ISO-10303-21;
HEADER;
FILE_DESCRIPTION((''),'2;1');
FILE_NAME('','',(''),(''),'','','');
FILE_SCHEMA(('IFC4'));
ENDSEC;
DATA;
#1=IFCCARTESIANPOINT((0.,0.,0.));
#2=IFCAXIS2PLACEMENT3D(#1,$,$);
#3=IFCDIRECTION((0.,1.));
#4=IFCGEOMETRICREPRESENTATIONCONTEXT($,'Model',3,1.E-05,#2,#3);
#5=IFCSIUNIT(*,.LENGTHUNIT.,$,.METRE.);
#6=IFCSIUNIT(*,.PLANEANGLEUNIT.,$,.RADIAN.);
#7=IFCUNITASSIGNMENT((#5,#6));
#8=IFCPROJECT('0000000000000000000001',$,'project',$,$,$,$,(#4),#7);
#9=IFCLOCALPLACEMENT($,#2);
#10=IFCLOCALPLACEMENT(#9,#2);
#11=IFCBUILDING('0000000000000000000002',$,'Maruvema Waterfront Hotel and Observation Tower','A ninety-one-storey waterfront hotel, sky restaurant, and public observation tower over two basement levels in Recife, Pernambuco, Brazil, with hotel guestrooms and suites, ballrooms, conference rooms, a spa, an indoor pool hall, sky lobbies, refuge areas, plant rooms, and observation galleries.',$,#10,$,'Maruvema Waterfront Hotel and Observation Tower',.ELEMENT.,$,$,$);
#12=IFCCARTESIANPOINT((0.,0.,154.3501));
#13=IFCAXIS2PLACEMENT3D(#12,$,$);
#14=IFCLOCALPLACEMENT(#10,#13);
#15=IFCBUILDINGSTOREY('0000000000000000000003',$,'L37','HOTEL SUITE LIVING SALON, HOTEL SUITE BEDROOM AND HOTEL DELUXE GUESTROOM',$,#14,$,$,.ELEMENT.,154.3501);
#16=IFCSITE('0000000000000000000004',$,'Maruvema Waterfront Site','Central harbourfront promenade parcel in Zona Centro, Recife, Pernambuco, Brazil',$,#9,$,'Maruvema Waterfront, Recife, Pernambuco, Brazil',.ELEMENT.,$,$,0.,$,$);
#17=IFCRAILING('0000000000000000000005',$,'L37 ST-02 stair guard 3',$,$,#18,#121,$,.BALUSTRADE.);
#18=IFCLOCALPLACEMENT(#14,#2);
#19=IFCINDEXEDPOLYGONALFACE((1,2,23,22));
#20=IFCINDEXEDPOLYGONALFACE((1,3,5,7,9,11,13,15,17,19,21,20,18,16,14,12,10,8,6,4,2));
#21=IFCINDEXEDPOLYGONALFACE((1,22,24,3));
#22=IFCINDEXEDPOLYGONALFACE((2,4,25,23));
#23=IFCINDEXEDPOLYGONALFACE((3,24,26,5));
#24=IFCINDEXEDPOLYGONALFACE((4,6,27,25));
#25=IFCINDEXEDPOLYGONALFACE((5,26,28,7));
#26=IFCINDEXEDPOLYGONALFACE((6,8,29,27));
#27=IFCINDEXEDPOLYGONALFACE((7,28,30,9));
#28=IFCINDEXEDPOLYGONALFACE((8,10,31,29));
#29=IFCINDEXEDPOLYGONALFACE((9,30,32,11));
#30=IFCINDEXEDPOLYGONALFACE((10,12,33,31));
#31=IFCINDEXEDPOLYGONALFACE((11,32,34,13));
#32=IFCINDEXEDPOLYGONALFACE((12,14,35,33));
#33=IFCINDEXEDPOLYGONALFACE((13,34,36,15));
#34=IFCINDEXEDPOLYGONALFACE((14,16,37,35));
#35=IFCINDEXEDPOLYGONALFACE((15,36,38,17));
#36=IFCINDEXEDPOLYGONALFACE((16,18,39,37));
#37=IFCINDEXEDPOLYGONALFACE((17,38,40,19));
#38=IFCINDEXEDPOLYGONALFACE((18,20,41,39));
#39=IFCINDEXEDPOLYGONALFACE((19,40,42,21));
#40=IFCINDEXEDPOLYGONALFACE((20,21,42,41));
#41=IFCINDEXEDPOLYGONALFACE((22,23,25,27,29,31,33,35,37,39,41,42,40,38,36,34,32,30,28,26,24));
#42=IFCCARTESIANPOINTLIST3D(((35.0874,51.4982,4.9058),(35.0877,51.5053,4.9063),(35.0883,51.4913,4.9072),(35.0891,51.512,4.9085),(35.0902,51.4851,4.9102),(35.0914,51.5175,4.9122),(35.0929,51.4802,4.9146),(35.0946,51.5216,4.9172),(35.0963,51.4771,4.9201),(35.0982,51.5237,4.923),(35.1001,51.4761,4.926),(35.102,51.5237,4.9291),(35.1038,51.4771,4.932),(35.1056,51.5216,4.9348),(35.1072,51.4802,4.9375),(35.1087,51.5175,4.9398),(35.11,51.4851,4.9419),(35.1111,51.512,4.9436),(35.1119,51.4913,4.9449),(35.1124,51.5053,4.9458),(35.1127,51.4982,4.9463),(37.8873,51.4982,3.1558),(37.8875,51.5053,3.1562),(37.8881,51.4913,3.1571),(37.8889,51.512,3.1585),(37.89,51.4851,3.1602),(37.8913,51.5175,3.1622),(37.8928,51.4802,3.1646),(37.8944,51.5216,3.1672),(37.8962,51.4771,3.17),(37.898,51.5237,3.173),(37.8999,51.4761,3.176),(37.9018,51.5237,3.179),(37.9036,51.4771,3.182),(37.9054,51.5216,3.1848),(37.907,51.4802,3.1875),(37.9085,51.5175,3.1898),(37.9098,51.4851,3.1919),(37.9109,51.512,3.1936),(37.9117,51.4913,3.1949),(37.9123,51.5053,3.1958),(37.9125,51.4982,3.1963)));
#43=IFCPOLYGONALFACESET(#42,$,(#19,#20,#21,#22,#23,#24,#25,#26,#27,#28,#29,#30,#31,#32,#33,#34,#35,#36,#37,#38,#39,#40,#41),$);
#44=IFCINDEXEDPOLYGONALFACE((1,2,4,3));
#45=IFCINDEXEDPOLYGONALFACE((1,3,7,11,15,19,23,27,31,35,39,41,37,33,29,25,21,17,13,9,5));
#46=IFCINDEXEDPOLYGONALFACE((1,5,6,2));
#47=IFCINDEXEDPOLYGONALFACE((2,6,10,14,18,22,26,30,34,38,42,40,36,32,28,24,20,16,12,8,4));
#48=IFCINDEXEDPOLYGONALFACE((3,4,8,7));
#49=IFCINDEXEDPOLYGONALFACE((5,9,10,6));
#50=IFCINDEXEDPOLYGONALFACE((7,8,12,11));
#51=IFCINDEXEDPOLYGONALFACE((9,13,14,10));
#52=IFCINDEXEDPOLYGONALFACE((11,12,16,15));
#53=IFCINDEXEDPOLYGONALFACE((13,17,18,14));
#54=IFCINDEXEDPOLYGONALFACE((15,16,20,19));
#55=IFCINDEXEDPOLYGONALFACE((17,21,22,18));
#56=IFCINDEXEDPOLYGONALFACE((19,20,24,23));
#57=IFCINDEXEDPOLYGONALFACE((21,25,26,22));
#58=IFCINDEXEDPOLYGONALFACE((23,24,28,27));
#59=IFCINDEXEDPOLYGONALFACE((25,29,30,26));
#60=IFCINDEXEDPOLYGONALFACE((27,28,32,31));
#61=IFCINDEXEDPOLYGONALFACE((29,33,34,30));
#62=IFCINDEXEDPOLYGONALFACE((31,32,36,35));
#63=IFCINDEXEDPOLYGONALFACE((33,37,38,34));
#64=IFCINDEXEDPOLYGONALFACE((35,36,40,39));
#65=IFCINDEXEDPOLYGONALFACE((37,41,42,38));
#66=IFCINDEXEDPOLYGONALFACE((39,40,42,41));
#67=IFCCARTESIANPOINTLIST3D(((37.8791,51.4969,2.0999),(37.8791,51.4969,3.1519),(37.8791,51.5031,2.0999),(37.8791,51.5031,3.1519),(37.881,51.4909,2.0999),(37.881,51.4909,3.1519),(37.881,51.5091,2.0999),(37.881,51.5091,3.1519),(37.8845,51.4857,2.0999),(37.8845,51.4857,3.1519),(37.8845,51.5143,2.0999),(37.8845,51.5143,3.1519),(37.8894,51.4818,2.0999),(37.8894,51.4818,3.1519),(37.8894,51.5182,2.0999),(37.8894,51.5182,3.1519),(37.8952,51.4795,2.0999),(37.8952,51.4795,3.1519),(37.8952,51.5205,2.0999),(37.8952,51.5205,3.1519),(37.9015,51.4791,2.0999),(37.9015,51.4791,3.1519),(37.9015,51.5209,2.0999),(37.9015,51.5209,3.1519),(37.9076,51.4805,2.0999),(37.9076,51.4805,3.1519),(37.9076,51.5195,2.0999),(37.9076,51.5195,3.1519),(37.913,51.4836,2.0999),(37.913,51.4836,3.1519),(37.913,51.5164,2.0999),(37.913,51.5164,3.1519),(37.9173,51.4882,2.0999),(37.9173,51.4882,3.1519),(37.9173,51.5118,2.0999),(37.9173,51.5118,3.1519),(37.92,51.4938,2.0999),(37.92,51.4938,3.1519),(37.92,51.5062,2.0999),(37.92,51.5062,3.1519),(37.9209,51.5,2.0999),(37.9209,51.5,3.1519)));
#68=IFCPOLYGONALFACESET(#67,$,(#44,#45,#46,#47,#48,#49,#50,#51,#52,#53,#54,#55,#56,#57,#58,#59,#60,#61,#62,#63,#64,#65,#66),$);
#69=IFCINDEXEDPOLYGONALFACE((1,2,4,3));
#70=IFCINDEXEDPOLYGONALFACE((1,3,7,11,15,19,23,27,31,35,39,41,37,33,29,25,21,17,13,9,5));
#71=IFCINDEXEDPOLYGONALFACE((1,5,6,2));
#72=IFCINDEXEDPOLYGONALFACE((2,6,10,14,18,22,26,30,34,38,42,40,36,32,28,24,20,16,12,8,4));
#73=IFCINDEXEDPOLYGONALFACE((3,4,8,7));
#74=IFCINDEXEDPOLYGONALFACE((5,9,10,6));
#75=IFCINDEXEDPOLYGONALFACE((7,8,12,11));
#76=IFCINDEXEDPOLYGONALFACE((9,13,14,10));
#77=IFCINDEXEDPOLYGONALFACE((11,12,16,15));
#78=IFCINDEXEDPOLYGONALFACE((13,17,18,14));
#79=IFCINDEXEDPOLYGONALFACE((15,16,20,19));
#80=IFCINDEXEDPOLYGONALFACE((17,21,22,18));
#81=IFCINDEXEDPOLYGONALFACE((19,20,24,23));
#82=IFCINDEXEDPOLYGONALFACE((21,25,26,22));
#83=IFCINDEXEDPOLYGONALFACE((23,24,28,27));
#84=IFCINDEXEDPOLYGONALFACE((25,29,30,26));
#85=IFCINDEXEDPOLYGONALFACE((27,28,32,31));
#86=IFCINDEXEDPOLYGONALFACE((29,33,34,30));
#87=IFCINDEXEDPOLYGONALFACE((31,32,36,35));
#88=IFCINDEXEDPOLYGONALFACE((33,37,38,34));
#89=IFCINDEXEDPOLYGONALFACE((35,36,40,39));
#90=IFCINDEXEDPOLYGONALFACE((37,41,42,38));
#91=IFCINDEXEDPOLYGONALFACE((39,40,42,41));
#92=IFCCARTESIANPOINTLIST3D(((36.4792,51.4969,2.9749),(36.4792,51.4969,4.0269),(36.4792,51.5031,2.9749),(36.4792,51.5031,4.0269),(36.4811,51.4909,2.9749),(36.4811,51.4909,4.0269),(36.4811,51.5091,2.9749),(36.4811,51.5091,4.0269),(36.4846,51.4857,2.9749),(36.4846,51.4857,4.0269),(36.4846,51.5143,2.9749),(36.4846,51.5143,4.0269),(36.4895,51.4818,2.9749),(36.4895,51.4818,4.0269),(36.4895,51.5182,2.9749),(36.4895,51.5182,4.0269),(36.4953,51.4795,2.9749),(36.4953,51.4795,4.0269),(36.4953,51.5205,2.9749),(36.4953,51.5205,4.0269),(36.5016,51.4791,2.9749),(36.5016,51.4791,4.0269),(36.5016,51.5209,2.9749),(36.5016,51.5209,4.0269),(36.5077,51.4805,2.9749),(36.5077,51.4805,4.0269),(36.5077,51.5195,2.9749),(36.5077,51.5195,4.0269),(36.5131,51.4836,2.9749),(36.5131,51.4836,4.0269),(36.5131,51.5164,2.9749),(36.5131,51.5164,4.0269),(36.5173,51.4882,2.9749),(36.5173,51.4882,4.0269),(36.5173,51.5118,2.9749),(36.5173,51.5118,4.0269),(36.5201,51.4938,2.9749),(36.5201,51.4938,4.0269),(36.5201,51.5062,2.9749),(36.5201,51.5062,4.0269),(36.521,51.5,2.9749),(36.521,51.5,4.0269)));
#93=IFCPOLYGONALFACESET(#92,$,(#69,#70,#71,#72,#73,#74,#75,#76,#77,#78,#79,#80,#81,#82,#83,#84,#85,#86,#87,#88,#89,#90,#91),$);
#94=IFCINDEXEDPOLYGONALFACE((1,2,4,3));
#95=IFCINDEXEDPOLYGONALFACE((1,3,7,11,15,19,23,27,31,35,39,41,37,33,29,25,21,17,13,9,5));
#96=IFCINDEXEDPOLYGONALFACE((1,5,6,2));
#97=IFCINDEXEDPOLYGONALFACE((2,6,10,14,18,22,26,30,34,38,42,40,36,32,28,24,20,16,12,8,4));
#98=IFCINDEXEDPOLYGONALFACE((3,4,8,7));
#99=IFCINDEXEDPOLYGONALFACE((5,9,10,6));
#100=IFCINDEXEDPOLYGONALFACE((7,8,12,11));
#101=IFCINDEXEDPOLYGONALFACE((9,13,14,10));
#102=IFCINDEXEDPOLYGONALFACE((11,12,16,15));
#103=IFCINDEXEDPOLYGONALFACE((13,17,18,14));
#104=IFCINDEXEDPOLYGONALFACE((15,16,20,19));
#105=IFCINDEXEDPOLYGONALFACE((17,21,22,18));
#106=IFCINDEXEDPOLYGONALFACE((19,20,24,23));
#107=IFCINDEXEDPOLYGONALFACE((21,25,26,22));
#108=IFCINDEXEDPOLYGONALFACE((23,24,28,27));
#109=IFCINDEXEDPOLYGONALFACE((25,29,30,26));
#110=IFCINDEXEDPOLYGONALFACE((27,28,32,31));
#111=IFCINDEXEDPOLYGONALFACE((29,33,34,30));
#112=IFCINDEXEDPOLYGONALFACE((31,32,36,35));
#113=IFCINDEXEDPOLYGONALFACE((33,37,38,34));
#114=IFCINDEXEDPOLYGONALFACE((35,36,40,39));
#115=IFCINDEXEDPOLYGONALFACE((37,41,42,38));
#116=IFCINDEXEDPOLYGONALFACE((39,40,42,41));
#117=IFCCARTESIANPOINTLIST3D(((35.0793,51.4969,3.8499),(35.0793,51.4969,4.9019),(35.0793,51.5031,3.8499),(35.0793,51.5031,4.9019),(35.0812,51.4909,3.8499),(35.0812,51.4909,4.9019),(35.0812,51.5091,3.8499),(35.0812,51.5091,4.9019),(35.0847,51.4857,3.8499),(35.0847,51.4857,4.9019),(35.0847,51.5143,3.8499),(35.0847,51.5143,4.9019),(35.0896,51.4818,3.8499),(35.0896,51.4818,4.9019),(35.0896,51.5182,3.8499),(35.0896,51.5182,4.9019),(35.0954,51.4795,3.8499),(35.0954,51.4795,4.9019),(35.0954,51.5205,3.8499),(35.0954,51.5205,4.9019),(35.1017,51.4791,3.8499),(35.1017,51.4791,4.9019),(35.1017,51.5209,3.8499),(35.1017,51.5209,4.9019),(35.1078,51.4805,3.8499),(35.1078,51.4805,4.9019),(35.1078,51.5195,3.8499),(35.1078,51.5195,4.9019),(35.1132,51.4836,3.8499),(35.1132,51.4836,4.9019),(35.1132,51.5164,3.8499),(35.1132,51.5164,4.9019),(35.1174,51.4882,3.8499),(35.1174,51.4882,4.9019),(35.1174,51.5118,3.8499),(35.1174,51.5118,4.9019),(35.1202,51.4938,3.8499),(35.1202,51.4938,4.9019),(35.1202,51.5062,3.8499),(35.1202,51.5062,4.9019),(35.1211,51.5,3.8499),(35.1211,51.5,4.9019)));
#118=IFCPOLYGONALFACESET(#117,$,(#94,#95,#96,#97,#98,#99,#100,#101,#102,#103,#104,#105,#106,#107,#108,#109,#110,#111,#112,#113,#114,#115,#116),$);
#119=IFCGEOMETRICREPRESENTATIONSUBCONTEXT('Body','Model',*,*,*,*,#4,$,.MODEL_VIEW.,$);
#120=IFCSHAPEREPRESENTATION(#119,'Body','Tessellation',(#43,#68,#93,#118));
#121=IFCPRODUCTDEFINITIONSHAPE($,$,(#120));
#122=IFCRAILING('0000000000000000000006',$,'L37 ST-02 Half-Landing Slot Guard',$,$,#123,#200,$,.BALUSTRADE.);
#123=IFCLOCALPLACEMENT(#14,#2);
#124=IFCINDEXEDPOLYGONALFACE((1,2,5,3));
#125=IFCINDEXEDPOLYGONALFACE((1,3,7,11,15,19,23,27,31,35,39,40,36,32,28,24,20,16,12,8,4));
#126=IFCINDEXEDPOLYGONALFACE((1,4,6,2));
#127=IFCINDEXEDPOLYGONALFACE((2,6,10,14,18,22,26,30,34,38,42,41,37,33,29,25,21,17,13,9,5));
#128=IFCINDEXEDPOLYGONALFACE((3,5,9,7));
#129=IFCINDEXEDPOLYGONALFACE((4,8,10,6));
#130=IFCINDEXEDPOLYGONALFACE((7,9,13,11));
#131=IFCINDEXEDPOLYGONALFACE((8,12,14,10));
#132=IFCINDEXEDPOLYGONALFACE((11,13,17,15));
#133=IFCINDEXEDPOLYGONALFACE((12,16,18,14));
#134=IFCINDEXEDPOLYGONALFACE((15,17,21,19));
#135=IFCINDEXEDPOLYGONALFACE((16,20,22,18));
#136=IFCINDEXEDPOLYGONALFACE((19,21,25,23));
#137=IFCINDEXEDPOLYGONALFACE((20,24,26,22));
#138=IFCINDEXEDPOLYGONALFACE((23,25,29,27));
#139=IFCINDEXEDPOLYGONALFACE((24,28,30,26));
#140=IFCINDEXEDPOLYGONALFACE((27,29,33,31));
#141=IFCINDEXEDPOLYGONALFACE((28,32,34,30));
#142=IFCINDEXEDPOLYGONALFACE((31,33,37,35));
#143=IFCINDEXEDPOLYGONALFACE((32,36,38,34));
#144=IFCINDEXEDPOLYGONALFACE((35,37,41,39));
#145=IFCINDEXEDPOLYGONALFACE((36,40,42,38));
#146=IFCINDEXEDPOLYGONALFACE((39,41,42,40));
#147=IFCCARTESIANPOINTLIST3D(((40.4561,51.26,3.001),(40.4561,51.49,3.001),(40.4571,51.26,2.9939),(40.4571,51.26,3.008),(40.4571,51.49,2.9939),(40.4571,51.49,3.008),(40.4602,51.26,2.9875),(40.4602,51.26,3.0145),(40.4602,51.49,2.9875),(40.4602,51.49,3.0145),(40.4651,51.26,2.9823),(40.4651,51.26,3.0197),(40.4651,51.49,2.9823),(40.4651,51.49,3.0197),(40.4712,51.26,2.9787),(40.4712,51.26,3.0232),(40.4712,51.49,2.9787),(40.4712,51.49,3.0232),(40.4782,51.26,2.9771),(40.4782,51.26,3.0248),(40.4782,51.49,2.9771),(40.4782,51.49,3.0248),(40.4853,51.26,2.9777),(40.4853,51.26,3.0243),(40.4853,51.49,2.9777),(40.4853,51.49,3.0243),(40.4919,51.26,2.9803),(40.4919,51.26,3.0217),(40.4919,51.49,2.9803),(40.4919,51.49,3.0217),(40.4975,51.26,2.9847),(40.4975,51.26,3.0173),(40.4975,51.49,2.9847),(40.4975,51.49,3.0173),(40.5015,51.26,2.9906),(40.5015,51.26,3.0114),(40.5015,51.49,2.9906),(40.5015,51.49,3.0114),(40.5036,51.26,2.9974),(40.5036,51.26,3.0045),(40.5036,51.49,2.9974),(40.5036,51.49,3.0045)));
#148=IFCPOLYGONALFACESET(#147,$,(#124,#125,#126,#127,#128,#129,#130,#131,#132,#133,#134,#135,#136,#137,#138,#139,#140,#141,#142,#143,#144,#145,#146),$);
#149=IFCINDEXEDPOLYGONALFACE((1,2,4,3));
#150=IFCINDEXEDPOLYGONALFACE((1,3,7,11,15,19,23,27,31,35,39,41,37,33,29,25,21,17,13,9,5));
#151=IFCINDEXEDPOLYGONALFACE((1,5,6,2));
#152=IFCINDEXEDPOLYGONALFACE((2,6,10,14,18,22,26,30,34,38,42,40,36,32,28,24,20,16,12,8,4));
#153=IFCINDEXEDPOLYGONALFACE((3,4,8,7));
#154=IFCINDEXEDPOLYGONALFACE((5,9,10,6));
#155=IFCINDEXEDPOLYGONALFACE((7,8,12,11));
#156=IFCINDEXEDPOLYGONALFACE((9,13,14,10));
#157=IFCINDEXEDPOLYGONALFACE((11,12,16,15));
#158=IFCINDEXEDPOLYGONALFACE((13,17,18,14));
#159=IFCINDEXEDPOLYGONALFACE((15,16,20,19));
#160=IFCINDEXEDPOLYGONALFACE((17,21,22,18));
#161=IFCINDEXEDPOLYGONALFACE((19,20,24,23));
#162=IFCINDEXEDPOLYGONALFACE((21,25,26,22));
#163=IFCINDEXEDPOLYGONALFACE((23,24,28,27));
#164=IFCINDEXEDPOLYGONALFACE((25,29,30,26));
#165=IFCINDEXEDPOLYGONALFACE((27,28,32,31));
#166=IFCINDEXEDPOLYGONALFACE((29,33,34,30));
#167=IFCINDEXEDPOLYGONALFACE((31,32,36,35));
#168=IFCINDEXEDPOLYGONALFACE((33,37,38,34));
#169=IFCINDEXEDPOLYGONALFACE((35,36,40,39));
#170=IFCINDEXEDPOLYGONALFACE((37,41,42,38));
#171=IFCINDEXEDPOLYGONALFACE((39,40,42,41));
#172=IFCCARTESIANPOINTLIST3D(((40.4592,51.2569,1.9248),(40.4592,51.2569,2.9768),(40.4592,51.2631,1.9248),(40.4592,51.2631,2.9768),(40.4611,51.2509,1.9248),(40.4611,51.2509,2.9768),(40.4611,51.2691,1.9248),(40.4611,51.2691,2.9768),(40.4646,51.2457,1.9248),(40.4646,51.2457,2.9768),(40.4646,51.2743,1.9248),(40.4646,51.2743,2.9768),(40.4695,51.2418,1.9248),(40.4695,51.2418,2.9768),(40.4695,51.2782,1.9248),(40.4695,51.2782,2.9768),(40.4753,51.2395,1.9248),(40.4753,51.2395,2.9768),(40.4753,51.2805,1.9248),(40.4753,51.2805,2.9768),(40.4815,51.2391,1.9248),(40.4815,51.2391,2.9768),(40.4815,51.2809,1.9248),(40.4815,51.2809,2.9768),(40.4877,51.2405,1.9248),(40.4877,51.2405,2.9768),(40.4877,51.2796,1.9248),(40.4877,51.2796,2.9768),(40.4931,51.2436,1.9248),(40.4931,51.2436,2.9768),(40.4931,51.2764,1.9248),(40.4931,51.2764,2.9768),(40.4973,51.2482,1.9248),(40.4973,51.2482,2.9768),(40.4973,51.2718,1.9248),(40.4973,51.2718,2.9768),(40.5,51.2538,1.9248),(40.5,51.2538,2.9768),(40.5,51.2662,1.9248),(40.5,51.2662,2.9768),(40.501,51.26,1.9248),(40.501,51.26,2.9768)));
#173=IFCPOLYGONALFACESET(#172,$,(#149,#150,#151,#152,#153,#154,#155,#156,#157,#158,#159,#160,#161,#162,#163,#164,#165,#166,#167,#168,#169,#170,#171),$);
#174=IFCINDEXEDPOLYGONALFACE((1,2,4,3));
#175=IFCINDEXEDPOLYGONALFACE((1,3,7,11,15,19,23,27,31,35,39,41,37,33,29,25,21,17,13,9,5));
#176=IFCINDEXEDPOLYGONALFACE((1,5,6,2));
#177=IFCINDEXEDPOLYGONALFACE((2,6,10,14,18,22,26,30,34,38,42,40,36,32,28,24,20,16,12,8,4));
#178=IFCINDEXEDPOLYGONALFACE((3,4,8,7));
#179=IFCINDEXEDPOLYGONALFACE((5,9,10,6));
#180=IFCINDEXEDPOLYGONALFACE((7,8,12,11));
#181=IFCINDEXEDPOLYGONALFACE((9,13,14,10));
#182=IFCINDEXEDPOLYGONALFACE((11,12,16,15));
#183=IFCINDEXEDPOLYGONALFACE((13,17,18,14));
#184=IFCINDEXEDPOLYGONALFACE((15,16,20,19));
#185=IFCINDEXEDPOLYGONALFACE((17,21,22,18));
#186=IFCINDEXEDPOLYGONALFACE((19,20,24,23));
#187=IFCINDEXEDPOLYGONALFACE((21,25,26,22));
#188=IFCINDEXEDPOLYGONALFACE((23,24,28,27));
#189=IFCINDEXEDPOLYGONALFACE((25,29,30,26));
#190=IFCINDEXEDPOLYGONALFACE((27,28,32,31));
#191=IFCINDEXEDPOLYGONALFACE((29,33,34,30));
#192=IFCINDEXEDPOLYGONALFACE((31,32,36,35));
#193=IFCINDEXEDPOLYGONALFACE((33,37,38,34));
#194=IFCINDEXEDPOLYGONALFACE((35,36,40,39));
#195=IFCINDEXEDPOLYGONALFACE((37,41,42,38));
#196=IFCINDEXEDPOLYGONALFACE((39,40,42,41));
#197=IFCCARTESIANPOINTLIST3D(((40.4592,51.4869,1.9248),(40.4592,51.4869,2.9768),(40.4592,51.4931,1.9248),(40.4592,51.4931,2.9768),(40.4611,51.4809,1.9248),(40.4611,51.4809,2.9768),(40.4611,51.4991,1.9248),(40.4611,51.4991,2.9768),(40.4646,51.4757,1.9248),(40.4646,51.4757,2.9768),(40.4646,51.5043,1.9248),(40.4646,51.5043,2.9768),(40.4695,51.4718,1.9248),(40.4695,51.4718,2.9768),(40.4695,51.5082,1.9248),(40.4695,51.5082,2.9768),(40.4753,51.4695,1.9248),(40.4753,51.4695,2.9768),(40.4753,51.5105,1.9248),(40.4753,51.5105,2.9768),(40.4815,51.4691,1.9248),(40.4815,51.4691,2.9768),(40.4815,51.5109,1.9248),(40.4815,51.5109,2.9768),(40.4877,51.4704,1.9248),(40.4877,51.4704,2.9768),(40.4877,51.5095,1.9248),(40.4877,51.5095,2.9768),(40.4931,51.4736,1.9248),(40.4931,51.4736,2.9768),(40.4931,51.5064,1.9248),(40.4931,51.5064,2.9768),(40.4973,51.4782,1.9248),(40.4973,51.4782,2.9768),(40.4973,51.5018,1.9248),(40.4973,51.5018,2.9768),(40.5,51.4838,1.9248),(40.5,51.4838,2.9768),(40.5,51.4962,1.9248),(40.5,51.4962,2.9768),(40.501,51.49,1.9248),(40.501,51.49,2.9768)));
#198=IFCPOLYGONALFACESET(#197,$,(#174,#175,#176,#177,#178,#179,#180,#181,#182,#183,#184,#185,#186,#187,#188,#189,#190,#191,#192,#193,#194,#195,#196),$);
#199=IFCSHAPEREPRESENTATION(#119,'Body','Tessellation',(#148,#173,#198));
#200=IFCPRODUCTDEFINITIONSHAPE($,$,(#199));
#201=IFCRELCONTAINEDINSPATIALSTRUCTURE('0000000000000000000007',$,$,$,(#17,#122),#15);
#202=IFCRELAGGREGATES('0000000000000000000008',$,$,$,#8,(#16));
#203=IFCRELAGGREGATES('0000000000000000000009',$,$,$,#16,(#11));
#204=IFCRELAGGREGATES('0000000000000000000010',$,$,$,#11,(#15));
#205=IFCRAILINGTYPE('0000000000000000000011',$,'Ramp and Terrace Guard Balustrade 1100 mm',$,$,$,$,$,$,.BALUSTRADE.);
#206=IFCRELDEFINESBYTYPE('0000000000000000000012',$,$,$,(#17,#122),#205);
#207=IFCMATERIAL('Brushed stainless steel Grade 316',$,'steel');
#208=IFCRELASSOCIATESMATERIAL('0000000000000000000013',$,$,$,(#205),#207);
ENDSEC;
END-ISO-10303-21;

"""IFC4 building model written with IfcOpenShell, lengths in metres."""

from ifc_helpers import new_model, si_unit, direction, frame, origin, origin_2d, place, context, subcontext, project, spatial, circle, extrude, material, type_object, element, save


model = new_model("IFC4")

# Units and contexts
model_context = context("Model", 3, precision=1e-05, world=origin(), true_north=direction((0.0, 1.0)))
body_context = subcontext(model_context, "Body", "Model", "MODEL_VIEW")
ifc_project = project(units=[si_unit("LENGTHUNIT", "METRE"), si_unit("PLANEANGLEUNIT", "RADIAN")], contexts=[model_context])

# Site, building, storey
site_placement = place(None, origin())
site = spatial("IfcSite", under=ifc_project, at=site_placement, Name="Maruvema Waterfront Site", Description="Central harbourfront promenade parcel in Zona Centro, Recife, Pernambuco, Brazil", LongName="Maruvema Waterfront, Recife, Pernambuco, Brazil", CompositionType="ELEMENT", RefElevation=0.0)
building_placement = place(site_placement, origin())
building = spatial("IfcBuilding", under=site, at=building_placement, Name="Maruvema Waterfront Hotel and Observation Tower", Description="A ninety-one-storey waterfront hotel, sky restaurant, and public observation tower over two basement levels in Recife, Pernambuco, Brazil, with hotel guestrooms and suites, ballrooms, conference rooms, a spa, an indoor pool hall, sky lobbies, refuge areas, plant rooms, and observation galleries.", LongName="Maruvema Waterfront Hotel and Observation Tower", CompositionType="ELEMENT")
storey_placement = place(building_placement, frame((0.0, 0.0, 154.3501)))
storey = spatial("IfcBuildingStorey", under=building, at=storey_placement, Name="L37", Description="HOTEL SUITE LIVING SALON, HOTEL SUITE BEDROOM AND HOTEL DELUXE GUESTROOM", CompositionType="ELEMENT", Elevation=154.3501)

# Railings
ifc_material_1 = material(Name="Brushed stainless steel Grade 316", Category="steel")
railing_type_1 = type_object("IfcRailingType", Name="Ramp and Terrace Guard Balustrade 1100 mm", PredefinedType="BALUSTRADE", material=ifc_material_1)
railing_1_placement = place(storey_placement, frame((37.8999, 51.5, 2.0999)))
element("IfcRailing", 1, at=railing_1_placement, inside=storey, type_object=railing_type_1, Name="L37 ST-02 stair guard 3", PredefinedType="BALUSTRADE", context=body_context, shape_type="SweptSolid", body=[
    extrude(circle(Radius=0.0239, at=origin_2d()), frame((0.0, 0.0, 1.0762), z_axis=(-0.847982, 0.0, 0.530026), x_axis=(0.0, -1.0, 0.0)), (0.0, 0.0, 1.0), 3.3018),
    extrude(circle(Radius=0.021, at=origin_2d()), origin(), (0.0, 0.0, 1.0), 1.052),
    extrude(circle(Radius=0.021, at=origin_2d()), frame((-1.3999, 0.0, 0.875)), (0.0, 0.0, 1.0), 1.052),
    extrude(circle(Radius=0.021, at=origin_2d()), frame((-2.7998, 0.0, 1.75)), (0.0, 0.0, 1.0), 1.052),
])
railing_2_placement = place(storey_placement, frame((40.48, 51.26, 1.9248)))
element("IfcRailing", 2, at=railing_2_placement, inside=storey, type_object=railing_type_1, Name="L37 ST-02 Half-Landing Slot Guard", PredefinedType="BALUSTRADE", context=body_context, shape_type="SweptSolid", body=[
    extrude(circle(Radius=0.0239, at=origin_2d()), frame((0.0, 0.0, 1.0762), z_axis=(0.0, 1.0, 0.0), x_axis=(-1.0, 0.0, 0.0)), (0.0, 0.0, 1.0), 0.23),
    extrude(circle(Radius=0.021, at=origin_2d()), origin(), (0.0, 0.0, 1.0), 1.052),
    extrude(circle(Radius=0.021, at=origin_2d()), frame((0.0, 0.23, 0.0)), (0.0, 0.0, 1.0), 1.052),
])

save(model, "model.ifc")
